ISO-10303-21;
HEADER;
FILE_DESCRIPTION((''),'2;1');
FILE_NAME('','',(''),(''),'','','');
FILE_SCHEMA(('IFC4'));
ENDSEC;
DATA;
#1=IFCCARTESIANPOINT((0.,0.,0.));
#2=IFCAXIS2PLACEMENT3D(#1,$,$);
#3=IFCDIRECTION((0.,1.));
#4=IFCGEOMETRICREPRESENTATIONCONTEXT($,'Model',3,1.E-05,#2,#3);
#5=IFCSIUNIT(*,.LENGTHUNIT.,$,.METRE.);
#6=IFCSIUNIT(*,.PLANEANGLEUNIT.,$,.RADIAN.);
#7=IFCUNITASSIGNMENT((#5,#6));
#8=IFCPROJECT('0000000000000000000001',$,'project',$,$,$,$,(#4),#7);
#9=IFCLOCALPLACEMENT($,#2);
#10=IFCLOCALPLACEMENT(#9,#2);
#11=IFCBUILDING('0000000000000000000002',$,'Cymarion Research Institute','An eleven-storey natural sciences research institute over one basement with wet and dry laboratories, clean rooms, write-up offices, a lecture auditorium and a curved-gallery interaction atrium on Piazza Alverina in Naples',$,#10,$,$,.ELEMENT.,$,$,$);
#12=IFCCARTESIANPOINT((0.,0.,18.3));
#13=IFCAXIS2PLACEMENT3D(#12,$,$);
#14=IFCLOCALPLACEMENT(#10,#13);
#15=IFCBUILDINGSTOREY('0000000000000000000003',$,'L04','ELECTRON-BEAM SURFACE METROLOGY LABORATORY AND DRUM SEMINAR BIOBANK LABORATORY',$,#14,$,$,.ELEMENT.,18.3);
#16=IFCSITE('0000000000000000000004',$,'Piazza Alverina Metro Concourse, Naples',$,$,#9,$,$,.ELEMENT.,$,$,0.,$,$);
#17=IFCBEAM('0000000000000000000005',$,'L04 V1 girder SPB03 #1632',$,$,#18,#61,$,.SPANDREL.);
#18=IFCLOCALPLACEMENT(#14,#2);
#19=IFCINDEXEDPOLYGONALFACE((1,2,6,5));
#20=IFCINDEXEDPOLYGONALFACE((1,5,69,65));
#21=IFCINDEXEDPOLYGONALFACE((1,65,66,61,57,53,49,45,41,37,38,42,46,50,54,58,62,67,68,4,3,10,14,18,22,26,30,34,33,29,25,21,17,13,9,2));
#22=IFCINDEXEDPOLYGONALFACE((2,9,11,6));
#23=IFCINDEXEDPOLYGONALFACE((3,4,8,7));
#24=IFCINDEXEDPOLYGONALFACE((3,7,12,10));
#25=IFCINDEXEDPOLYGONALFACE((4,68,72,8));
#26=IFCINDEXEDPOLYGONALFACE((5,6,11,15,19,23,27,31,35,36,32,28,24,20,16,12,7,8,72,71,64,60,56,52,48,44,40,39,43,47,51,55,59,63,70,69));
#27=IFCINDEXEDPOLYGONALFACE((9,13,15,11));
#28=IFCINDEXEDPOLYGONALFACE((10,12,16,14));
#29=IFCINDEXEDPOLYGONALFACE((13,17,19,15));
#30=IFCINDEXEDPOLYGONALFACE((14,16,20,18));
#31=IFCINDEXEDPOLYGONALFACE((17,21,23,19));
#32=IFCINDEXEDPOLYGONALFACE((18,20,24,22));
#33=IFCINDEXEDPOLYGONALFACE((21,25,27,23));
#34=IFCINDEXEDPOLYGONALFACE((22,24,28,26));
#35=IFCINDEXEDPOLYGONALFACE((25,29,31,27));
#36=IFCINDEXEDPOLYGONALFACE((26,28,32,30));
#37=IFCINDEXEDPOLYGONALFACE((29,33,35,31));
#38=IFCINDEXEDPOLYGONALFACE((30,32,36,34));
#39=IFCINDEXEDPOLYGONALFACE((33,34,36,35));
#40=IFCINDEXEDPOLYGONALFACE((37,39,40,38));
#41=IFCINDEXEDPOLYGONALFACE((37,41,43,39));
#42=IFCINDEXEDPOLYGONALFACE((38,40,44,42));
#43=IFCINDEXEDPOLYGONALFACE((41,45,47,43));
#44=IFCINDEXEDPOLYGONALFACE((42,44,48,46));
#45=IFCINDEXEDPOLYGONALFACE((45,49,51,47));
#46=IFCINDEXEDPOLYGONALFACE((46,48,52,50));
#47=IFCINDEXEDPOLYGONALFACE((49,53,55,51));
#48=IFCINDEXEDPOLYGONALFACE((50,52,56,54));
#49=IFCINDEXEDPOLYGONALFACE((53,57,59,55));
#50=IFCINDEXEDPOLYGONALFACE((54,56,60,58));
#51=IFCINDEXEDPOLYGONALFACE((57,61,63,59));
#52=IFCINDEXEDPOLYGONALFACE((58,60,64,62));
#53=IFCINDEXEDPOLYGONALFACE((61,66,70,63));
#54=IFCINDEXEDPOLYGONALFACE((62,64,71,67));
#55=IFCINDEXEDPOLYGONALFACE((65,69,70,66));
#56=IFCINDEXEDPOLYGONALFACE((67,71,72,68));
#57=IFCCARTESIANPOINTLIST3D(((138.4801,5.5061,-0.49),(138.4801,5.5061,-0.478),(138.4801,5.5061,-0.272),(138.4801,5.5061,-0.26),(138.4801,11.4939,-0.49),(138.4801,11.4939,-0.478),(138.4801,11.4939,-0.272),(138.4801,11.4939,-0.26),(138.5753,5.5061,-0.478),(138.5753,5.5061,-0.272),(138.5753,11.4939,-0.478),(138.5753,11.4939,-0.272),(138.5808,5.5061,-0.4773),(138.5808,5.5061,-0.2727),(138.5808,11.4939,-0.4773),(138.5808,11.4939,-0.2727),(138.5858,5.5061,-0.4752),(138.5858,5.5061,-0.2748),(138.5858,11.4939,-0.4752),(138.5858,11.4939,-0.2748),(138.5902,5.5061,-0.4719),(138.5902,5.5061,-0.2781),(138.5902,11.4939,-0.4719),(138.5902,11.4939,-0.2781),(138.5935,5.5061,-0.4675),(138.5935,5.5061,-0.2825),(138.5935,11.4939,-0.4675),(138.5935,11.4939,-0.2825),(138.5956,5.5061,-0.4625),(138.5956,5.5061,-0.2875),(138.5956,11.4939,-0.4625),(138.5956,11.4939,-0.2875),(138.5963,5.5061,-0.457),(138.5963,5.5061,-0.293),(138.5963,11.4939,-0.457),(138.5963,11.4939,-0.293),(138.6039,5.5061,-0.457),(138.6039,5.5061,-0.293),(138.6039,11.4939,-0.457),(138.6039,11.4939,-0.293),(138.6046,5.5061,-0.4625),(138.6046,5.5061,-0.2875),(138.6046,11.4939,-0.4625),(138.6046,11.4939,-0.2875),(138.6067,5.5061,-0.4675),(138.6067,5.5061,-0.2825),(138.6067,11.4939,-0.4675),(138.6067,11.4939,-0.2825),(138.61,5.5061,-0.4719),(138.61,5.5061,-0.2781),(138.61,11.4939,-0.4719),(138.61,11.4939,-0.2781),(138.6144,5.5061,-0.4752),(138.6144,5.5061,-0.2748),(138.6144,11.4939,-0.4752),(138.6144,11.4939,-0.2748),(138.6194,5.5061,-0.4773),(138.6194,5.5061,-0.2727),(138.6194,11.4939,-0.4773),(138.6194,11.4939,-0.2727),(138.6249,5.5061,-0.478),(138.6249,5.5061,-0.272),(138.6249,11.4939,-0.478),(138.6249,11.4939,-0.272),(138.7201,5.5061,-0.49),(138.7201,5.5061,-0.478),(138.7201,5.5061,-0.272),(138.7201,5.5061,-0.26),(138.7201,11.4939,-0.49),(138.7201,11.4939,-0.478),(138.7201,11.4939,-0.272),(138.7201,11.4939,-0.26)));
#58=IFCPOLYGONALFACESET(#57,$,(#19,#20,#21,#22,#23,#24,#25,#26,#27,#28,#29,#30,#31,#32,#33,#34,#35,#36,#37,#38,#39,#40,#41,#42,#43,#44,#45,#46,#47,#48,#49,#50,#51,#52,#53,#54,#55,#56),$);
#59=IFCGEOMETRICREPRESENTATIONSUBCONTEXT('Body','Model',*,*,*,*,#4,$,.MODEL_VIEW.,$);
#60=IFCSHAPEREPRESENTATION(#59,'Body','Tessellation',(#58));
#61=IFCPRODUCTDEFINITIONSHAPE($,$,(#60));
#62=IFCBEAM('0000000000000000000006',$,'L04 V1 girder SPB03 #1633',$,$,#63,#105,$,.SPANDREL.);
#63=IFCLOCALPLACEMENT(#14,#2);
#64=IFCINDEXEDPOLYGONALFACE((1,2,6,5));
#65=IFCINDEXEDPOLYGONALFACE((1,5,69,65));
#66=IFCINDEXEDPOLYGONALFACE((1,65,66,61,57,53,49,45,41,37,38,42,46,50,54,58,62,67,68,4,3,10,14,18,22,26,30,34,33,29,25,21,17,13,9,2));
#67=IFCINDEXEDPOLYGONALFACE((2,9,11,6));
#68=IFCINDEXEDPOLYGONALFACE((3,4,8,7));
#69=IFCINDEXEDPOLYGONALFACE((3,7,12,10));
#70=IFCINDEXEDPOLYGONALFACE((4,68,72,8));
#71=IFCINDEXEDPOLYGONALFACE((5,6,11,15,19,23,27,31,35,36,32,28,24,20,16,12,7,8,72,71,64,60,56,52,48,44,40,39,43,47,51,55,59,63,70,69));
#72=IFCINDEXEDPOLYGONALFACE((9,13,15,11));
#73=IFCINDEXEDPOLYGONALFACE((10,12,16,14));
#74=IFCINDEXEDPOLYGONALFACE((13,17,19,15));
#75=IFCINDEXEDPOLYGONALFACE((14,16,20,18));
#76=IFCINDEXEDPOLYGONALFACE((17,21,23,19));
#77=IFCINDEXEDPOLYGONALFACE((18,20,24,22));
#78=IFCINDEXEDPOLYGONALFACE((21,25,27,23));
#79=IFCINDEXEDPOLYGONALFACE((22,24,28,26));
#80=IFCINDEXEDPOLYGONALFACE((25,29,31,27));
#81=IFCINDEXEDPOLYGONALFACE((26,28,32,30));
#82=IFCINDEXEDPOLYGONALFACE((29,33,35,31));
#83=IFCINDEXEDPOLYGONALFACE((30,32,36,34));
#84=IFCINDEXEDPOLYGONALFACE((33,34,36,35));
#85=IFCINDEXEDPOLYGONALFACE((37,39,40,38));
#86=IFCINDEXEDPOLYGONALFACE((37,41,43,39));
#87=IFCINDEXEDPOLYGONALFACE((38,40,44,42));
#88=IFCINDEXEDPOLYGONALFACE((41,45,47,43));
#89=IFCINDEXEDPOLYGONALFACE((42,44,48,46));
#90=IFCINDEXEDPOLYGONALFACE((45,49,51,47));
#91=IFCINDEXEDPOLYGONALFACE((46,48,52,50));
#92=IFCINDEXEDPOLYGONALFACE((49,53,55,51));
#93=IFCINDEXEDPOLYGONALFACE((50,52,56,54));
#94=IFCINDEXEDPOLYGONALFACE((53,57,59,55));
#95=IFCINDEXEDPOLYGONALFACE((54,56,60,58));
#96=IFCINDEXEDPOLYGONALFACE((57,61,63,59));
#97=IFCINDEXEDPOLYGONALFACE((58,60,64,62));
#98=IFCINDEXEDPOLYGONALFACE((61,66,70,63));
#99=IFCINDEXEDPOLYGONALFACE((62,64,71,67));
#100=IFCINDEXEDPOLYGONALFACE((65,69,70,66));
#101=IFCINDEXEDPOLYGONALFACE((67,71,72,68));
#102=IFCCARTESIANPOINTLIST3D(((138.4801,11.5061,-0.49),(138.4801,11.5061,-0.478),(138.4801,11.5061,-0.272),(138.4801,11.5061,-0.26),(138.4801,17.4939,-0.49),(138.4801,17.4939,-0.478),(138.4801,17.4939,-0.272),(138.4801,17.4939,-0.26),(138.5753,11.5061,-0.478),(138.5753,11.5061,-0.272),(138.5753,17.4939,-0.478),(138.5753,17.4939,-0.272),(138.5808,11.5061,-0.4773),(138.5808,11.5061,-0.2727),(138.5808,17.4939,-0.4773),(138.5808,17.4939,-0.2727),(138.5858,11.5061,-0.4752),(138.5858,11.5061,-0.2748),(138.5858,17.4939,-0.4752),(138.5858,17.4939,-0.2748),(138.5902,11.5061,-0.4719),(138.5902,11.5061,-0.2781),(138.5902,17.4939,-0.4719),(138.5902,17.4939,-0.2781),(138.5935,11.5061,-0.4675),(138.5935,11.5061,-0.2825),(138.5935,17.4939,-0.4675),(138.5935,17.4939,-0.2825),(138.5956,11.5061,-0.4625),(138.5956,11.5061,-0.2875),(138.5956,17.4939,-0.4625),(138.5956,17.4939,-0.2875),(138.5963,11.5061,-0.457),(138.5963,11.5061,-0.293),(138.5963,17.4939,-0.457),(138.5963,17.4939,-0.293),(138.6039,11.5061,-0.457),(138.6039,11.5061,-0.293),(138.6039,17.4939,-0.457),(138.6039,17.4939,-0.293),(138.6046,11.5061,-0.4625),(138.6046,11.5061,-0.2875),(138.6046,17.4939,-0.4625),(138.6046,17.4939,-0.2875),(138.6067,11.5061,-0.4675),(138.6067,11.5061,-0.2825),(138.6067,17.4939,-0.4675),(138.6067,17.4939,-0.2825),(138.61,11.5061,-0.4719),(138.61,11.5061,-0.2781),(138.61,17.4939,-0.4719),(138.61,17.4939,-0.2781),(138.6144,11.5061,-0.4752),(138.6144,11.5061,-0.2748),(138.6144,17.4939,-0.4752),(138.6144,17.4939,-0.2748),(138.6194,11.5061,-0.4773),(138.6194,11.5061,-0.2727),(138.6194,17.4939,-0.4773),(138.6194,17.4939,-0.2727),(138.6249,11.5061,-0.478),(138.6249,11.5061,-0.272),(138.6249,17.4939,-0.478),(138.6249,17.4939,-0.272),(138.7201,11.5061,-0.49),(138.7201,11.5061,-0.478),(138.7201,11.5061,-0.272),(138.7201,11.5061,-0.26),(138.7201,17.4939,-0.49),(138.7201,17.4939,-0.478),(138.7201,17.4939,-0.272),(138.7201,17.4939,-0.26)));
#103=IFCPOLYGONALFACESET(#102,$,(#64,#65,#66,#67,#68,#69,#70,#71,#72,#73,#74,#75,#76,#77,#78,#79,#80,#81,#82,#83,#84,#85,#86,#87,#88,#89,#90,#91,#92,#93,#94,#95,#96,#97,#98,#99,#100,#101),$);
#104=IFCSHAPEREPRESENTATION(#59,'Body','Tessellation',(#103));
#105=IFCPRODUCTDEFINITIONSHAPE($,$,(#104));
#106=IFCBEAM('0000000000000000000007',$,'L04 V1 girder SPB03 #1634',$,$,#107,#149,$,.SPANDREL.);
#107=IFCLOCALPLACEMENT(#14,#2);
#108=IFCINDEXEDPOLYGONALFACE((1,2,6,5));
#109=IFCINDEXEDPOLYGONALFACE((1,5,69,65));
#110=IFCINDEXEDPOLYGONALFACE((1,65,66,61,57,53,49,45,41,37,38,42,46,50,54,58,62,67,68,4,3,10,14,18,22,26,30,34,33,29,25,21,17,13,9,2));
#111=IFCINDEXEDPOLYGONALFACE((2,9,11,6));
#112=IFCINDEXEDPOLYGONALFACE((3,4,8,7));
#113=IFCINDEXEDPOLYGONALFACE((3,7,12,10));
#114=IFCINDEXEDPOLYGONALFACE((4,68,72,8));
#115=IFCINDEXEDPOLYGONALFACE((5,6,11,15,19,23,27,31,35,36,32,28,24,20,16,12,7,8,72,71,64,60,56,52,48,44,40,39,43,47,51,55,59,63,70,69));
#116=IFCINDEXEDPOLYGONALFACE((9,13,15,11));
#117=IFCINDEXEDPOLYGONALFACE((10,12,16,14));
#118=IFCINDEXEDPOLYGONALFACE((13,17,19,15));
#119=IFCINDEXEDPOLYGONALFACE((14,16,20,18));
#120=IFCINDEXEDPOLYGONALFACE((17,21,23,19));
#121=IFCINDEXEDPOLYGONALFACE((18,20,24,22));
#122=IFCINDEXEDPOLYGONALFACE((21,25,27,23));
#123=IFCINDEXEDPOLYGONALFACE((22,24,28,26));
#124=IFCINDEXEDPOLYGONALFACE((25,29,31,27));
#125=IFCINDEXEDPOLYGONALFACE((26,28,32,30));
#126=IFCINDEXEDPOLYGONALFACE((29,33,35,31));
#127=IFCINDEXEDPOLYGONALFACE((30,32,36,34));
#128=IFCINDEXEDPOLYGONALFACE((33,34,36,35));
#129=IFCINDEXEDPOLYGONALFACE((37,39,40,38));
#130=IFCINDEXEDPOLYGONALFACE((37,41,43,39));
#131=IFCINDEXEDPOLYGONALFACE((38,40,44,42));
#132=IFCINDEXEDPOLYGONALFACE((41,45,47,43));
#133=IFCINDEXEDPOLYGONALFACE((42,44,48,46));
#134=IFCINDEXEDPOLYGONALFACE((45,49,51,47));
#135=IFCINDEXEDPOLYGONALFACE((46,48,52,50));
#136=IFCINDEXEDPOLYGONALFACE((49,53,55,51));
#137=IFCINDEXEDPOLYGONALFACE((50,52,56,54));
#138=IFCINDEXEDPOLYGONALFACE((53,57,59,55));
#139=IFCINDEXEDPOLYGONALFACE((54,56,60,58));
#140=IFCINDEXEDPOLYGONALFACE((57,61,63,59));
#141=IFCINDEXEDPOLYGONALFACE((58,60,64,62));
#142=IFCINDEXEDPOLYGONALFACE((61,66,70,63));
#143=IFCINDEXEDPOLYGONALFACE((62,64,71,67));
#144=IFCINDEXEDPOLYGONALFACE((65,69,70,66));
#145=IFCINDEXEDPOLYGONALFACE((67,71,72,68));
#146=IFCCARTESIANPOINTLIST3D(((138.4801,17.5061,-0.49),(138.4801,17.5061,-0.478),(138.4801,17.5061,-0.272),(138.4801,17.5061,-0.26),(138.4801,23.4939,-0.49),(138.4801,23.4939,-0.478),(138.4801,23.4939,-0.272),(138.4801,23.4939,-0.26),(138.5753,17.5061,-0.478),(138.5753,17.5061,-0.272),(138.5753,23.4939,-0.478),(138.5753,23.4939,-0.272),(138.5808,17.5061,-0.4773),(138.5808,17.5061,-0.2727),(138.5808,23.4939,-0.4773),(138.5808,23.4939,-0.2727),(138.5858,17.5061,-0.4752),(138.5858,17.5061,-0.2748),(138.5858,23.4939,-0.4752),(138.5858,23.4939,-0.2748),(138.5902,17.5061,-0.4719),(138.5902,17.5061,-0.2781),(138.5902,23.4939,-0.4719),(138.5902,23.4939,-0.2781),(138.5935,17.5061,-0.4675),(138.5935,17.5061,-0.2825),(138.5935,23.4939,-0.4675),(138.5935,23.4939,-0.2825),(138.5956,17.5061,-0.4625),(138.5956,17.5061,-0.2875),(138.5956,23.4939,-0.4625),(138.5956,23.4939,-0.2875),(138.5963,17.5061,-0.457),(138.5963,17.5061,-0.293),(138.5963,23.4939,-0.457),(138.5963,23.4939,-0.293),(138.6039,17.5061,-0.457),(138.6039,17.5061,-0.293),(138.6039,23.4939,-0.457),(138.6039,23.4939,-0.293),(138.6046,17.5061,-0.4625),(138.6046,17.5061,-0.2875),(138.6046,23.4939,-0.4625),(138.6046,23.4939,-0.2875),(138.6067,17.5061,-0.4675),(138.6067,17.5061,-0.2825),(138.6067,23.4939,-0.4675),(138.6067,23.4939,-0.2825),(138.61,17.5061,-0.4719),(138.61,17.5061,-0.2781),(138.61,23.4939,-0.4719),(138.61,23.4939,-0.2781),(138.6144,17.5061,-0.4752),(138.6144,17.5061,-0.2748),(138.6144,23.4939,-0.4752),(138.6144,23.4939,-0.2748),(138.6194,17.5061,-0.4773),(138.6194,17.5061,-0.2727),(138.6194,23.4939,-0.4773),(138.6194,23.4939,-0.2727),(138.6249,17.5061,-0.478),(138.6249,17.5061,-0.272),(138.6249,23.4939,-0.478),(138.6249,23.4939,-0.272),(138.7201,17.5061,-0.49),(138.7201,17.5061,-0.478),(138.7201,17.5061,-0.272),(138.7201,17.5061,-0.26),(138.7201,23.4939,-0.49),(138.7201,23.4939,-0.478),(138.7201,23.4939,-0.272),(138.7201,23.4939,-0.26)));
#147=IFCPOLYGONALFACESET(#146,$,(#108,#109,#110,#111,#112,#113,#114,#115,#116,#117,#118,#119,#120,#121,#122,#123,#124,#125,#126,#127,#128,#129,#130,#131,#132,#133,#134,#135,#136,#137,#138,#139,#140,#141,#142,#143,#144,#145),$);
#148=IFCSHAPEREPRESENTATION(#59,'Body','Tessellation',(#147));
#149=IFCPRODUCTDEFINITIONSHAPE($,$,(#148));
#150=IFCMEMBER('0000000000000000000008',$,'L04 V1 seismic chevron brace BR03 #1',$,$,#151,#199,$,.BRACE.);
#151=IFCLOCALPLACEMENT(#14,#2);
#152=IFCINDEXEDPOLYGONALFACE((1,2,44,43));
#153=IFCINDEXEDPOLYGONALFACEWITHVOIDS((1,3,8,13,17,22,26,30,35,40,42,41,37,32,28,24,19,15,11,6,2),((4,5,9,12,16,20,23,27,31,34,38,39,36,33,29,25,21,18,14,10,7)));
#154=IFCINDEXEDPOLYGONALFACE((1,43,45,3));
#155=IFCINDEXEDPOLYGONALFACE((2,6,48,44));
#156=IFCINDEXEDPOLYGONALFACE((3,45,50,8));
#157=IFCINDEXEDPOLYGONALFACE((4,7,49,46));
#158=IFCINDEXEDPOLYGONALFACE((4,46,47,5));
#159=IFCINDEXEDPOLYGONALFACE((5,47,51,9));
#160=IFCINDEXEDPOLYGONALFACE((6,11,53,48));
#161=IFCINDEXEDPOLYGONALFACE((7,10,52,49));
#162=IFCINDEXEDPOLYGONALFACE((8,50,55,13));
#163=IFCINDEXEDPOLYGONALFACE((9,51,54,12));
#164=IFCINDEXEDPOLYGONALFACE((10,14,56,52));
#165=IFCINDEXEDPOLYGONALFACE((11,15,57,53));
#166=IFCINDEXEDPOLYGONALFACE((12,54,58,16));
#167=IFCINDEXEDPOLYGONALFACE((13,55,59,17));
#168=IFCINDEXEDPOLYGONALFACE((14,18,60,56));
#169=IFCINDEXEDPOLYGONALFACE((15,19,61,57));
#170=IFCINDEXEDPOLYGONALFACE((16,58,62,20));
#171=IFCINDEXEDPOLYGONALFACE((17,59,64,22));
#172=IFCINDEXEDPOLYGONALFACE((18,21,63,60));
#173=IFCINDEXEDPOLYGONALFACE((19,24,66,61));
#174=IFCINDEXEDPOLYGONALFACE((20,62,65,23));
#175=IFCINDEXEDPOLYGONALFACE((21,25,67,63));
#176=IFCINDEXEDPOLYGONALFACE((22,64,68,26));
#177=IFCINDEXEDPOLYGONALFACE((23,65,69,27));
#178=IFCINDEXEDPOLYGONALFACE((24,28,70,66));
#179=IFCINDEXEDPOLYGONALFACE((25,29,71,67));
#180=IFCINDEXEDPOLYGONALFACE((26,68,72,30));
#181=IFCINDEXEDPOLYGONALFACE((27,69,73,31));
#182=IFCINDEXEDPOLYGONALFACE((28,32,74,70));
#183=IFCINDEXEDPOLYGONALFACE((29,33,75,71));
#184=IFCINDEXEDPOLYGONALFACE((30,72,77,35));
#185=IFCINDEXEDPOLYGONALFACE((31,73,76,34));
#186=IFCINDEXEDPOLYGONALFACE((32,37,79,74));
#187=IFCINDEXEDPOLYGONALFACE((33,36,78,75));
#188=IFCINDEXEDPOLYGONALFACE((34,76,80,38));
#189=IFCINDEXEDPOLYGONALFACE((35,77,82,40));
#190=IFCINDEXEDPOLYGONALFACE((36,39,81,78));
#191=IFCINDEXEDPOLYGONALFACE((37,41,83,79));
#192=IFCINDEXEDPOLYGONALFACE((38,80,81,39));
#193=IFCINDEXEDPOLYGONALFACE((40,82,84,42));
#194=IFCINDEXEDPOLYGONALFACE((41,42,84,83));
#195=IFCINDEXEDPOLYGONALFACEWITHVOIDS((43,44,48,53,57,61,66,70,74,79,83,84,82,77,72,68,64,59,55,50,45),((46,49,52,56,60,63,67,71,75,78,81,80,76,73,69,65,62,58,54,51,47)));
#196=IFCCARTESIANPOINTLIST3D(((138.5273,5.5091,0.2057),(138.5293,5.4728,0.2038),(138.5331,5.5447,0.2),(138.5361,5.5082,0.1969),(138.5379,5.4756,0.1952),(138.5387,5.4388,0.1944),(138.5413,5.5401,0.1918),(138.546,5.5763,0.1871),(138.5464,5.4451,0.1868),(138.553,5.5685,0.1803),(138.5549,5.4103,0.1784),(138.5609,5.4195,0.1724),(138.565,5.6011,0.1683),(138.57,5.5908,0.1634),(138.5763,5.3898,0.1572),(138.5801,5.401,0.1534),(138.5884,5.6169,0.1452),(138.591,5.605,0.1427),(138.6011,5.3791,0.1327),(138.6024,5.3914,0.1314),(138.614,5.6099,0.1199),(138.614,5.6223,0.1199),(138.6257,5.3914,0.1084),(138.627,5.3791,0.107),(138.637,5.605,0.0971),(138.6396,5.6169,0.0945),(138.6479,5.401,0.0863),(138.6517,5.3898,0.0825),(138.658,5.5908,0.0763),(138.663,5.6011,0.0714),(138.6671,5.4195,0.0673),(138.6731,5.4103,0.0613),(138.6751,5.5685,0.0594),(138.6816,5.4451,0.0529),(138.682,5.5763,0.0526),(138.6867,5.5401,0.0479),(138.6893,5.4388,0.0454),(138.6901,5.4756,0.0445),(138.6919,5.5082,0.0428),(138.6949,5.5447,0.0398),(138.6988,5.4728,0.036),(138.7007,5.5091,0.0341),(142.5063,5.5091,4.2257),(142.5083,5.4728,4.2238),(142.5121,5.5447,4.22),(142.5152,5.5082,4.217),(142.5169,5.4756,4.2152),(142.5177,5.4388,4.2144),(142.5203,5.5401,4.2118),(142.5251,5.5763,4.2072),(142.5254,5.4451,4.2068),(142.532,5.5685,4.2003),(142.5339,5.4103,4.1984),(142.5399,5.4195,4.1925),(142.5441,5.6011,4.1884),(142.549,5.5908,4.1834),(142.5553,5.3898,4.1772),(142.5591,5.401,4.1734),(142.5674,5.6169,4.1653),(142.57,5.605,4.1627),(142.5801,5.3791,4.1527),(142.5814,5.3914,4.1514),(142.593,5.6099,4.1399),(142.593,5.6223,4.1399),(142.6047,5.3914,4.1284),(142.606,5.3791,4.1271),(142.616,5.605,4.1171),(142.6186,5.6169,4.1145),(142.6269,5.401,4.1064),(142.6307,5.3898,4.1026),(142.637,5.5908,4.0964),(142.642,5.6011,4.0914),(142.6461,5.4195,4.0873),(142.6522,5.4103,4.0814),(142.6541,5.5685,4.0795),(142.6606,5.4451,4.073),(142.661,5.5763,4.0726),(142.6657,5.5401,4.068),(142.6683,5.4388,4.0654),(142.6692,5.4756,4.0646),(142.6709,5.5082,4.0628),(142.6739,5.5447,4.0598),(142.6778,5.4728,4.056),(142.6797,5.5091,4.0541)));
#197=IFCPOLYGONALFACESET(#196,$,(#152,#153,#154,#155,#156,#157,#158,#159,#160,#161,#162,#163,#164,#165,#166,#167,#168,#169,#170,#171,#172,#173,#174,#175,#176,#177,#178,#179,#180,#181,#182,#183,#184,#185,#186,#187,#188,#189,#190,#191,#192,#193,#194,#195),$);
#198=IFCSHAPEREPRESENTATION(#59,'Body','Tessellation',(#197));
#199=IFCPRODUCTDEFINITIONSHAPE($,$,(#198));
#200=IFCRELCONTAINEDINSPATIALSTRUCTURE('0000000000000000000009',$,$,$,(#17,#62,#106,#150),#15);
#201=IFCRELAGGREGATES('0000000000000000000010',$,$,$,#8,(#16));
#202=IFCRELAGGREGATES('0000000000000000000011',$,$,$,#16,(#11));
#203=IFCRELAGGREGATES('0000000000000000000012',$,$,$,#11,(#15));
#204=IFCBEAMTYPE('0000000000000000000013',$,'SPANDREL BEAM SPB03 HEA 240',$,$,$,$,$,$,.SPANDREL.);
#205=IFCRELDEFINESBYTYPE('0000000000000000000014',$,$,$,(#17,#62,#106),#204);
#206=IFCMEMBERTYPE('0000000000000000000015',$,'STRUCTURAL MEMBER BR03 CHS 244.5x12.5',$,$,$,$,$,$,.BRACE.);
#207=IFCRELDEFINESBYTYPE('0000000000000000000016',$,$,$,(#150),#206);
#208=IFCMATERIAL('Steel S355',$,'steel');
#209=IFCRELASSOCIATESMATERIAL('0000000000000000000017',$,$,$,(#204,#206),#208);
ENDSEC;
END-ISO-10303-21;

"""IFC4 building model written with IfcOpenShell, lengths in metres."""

from ifc_helpers import new_model, si_unit, direction, frame, origin, origin_2d, place, context, subcontext, project, spatial, hollow_circle, i_section, extrude, material, material_profile, profile_set, type_object, element, save


model = new_model("IFC4")

# Units and contexts
model_context = context("Model", 3, precision=1e-05, world=origin(), true_north=direction((0.0, 1.0)))
body_context = subcontext(model_context, "Body", "Model", "MODEL_VIEW")
ifc_project = project(units=[si_unit("LENGTHUNIT", "METRE"), si_unit("PLANEANGLEUNIT", "RADIAN")], contexts=[model_context])

# Site, building, storey
site_placement = place(None, origin())
site = spatial("IfcSite", under=ifc_project, at=site_placement, Name="Piazza Alverina Metro Concourse, Naples", CompositionType="ELEMENT", RefElevation=0.0)
building_placement = place(site_placement, origin())
building = spatial("IfcBuilding", under=site, at=building_placement, Name="Cymarion Research Institute", Description="An eleven-storey natural sciences research institute over one basement with wet and dry laboratories, clean rooms, write-up offices, a lecture auditorium and a curved-gallery interaction atrium on Piazza Alverina in Naples", CompositionType="ELEMENT")
storey_placement = place(building_placement, frame((0.0, 0.0, 18.3)))
storey = spatial("IfcBuildingStorey", under=building, at=storey_placement, Name="L04", Description="ELECTRON-BEAM SURFACE METROLOGY LABORATORY AND DRUM SEMINAR BIOBANK LABORATORY", CompositionType="ELEMENT", Elevation=18.3)

# Shared definitions
ifc_material_1 = material(Name="Steel S355", Category="steel")

# Beams
ifc_material_profile_1 = material_profile(ifc_material_1, i_section(OverallWidth=0.24, OverallDepth=0.23, WebThickness=0.0076, FlangeThickness=0.012, FilletRadius=0.021, at=origin_2d()), Name="HEA 240")
ifc_profile_set_1 = profile_set([ifc_material_profile_1], Name="Steel S355")
beam_type_1 = type_object("IfcBeamType", Name="SPANDREL BEAM SPB03 HEA 240", PredefinedType="SPANDREL", material=ifc_profile_set_1)
for number, where, z_axis, x_axis, name in (
    (1, (138.6001, 5.5061, -0.375), (0.0, 1.0, 0.0), (-1.0, 0.0, 0.0), "L04 V1 girder SPB03 #1632"),
    (2, (138.6001, 11.5061, -0.375), (0.0, 1.0, 0.0), (-1.0, 0.0, 0.0), "L04 V1 girder SPB03 #1633"),
    (3, (138.6001, 17.5061, -0.375), (0.0, 1.0, 0.0), (-1.0, 0.0, 0.0), "L04 V1 girder SPB03 #1634"),
):
    element("IfcBeam", number, at=place(storey_placement, frame(where, z_axis=z_axis, x_axis=x_axis)), inside=storey, type_object=beam_type_1, Name=name, PredefinedType="SPANDREL", context=body_context, shape_type="SweptSolid", body=[
        extrude(i_section(OverallWidth=0.24, OverallDepth=0.23, WebThickness=0.0076, FlangeThickness=0.012, FilletRadius=0.021, at=origin_2d()), origin(), (0.0, 0.0, 1.0), 5.9878),
    ])

# Member
ifc_material_profile_2 = material_profile(ifc_material_1, hollow_circle(Radius=0.1223, WallThickness=0.0125, at=origin_2d()), Name="CHS 244.5x12.5")
ifc_profile_set_2 = profile_set([ifc_material_profile_2], Name="Steel S355")
member_type = type_object("IfcMemberType", Name="STRUCTURAL MEMBER BR03 CHS 244.5x12.5", PredefinedType="BRACE", material=ifc_profile_set_2)
member_placement = place(storey_placement, frame((138.614, 5.5, 0.1199), z_axis=(0.703472, 0.0, 0.710723), x_axis=(0.0, 1.0, 0.0)))
element("IfcMember", 4, at=member_placement, inside=storey, type_object=member_type, Name="L04 V1 seismic chevron brace BR03 #1", PredefinedType="BRACE", context=body_context, shape_type="SweptSolid", body=[
    extrude(hollow_circle(Radius=0.1223, WallThickness=0.0125, at=origin_2d()), origin(), (0.0, 0.0, 1.0), 5.6562),
])

save(model, "model.ifc")
